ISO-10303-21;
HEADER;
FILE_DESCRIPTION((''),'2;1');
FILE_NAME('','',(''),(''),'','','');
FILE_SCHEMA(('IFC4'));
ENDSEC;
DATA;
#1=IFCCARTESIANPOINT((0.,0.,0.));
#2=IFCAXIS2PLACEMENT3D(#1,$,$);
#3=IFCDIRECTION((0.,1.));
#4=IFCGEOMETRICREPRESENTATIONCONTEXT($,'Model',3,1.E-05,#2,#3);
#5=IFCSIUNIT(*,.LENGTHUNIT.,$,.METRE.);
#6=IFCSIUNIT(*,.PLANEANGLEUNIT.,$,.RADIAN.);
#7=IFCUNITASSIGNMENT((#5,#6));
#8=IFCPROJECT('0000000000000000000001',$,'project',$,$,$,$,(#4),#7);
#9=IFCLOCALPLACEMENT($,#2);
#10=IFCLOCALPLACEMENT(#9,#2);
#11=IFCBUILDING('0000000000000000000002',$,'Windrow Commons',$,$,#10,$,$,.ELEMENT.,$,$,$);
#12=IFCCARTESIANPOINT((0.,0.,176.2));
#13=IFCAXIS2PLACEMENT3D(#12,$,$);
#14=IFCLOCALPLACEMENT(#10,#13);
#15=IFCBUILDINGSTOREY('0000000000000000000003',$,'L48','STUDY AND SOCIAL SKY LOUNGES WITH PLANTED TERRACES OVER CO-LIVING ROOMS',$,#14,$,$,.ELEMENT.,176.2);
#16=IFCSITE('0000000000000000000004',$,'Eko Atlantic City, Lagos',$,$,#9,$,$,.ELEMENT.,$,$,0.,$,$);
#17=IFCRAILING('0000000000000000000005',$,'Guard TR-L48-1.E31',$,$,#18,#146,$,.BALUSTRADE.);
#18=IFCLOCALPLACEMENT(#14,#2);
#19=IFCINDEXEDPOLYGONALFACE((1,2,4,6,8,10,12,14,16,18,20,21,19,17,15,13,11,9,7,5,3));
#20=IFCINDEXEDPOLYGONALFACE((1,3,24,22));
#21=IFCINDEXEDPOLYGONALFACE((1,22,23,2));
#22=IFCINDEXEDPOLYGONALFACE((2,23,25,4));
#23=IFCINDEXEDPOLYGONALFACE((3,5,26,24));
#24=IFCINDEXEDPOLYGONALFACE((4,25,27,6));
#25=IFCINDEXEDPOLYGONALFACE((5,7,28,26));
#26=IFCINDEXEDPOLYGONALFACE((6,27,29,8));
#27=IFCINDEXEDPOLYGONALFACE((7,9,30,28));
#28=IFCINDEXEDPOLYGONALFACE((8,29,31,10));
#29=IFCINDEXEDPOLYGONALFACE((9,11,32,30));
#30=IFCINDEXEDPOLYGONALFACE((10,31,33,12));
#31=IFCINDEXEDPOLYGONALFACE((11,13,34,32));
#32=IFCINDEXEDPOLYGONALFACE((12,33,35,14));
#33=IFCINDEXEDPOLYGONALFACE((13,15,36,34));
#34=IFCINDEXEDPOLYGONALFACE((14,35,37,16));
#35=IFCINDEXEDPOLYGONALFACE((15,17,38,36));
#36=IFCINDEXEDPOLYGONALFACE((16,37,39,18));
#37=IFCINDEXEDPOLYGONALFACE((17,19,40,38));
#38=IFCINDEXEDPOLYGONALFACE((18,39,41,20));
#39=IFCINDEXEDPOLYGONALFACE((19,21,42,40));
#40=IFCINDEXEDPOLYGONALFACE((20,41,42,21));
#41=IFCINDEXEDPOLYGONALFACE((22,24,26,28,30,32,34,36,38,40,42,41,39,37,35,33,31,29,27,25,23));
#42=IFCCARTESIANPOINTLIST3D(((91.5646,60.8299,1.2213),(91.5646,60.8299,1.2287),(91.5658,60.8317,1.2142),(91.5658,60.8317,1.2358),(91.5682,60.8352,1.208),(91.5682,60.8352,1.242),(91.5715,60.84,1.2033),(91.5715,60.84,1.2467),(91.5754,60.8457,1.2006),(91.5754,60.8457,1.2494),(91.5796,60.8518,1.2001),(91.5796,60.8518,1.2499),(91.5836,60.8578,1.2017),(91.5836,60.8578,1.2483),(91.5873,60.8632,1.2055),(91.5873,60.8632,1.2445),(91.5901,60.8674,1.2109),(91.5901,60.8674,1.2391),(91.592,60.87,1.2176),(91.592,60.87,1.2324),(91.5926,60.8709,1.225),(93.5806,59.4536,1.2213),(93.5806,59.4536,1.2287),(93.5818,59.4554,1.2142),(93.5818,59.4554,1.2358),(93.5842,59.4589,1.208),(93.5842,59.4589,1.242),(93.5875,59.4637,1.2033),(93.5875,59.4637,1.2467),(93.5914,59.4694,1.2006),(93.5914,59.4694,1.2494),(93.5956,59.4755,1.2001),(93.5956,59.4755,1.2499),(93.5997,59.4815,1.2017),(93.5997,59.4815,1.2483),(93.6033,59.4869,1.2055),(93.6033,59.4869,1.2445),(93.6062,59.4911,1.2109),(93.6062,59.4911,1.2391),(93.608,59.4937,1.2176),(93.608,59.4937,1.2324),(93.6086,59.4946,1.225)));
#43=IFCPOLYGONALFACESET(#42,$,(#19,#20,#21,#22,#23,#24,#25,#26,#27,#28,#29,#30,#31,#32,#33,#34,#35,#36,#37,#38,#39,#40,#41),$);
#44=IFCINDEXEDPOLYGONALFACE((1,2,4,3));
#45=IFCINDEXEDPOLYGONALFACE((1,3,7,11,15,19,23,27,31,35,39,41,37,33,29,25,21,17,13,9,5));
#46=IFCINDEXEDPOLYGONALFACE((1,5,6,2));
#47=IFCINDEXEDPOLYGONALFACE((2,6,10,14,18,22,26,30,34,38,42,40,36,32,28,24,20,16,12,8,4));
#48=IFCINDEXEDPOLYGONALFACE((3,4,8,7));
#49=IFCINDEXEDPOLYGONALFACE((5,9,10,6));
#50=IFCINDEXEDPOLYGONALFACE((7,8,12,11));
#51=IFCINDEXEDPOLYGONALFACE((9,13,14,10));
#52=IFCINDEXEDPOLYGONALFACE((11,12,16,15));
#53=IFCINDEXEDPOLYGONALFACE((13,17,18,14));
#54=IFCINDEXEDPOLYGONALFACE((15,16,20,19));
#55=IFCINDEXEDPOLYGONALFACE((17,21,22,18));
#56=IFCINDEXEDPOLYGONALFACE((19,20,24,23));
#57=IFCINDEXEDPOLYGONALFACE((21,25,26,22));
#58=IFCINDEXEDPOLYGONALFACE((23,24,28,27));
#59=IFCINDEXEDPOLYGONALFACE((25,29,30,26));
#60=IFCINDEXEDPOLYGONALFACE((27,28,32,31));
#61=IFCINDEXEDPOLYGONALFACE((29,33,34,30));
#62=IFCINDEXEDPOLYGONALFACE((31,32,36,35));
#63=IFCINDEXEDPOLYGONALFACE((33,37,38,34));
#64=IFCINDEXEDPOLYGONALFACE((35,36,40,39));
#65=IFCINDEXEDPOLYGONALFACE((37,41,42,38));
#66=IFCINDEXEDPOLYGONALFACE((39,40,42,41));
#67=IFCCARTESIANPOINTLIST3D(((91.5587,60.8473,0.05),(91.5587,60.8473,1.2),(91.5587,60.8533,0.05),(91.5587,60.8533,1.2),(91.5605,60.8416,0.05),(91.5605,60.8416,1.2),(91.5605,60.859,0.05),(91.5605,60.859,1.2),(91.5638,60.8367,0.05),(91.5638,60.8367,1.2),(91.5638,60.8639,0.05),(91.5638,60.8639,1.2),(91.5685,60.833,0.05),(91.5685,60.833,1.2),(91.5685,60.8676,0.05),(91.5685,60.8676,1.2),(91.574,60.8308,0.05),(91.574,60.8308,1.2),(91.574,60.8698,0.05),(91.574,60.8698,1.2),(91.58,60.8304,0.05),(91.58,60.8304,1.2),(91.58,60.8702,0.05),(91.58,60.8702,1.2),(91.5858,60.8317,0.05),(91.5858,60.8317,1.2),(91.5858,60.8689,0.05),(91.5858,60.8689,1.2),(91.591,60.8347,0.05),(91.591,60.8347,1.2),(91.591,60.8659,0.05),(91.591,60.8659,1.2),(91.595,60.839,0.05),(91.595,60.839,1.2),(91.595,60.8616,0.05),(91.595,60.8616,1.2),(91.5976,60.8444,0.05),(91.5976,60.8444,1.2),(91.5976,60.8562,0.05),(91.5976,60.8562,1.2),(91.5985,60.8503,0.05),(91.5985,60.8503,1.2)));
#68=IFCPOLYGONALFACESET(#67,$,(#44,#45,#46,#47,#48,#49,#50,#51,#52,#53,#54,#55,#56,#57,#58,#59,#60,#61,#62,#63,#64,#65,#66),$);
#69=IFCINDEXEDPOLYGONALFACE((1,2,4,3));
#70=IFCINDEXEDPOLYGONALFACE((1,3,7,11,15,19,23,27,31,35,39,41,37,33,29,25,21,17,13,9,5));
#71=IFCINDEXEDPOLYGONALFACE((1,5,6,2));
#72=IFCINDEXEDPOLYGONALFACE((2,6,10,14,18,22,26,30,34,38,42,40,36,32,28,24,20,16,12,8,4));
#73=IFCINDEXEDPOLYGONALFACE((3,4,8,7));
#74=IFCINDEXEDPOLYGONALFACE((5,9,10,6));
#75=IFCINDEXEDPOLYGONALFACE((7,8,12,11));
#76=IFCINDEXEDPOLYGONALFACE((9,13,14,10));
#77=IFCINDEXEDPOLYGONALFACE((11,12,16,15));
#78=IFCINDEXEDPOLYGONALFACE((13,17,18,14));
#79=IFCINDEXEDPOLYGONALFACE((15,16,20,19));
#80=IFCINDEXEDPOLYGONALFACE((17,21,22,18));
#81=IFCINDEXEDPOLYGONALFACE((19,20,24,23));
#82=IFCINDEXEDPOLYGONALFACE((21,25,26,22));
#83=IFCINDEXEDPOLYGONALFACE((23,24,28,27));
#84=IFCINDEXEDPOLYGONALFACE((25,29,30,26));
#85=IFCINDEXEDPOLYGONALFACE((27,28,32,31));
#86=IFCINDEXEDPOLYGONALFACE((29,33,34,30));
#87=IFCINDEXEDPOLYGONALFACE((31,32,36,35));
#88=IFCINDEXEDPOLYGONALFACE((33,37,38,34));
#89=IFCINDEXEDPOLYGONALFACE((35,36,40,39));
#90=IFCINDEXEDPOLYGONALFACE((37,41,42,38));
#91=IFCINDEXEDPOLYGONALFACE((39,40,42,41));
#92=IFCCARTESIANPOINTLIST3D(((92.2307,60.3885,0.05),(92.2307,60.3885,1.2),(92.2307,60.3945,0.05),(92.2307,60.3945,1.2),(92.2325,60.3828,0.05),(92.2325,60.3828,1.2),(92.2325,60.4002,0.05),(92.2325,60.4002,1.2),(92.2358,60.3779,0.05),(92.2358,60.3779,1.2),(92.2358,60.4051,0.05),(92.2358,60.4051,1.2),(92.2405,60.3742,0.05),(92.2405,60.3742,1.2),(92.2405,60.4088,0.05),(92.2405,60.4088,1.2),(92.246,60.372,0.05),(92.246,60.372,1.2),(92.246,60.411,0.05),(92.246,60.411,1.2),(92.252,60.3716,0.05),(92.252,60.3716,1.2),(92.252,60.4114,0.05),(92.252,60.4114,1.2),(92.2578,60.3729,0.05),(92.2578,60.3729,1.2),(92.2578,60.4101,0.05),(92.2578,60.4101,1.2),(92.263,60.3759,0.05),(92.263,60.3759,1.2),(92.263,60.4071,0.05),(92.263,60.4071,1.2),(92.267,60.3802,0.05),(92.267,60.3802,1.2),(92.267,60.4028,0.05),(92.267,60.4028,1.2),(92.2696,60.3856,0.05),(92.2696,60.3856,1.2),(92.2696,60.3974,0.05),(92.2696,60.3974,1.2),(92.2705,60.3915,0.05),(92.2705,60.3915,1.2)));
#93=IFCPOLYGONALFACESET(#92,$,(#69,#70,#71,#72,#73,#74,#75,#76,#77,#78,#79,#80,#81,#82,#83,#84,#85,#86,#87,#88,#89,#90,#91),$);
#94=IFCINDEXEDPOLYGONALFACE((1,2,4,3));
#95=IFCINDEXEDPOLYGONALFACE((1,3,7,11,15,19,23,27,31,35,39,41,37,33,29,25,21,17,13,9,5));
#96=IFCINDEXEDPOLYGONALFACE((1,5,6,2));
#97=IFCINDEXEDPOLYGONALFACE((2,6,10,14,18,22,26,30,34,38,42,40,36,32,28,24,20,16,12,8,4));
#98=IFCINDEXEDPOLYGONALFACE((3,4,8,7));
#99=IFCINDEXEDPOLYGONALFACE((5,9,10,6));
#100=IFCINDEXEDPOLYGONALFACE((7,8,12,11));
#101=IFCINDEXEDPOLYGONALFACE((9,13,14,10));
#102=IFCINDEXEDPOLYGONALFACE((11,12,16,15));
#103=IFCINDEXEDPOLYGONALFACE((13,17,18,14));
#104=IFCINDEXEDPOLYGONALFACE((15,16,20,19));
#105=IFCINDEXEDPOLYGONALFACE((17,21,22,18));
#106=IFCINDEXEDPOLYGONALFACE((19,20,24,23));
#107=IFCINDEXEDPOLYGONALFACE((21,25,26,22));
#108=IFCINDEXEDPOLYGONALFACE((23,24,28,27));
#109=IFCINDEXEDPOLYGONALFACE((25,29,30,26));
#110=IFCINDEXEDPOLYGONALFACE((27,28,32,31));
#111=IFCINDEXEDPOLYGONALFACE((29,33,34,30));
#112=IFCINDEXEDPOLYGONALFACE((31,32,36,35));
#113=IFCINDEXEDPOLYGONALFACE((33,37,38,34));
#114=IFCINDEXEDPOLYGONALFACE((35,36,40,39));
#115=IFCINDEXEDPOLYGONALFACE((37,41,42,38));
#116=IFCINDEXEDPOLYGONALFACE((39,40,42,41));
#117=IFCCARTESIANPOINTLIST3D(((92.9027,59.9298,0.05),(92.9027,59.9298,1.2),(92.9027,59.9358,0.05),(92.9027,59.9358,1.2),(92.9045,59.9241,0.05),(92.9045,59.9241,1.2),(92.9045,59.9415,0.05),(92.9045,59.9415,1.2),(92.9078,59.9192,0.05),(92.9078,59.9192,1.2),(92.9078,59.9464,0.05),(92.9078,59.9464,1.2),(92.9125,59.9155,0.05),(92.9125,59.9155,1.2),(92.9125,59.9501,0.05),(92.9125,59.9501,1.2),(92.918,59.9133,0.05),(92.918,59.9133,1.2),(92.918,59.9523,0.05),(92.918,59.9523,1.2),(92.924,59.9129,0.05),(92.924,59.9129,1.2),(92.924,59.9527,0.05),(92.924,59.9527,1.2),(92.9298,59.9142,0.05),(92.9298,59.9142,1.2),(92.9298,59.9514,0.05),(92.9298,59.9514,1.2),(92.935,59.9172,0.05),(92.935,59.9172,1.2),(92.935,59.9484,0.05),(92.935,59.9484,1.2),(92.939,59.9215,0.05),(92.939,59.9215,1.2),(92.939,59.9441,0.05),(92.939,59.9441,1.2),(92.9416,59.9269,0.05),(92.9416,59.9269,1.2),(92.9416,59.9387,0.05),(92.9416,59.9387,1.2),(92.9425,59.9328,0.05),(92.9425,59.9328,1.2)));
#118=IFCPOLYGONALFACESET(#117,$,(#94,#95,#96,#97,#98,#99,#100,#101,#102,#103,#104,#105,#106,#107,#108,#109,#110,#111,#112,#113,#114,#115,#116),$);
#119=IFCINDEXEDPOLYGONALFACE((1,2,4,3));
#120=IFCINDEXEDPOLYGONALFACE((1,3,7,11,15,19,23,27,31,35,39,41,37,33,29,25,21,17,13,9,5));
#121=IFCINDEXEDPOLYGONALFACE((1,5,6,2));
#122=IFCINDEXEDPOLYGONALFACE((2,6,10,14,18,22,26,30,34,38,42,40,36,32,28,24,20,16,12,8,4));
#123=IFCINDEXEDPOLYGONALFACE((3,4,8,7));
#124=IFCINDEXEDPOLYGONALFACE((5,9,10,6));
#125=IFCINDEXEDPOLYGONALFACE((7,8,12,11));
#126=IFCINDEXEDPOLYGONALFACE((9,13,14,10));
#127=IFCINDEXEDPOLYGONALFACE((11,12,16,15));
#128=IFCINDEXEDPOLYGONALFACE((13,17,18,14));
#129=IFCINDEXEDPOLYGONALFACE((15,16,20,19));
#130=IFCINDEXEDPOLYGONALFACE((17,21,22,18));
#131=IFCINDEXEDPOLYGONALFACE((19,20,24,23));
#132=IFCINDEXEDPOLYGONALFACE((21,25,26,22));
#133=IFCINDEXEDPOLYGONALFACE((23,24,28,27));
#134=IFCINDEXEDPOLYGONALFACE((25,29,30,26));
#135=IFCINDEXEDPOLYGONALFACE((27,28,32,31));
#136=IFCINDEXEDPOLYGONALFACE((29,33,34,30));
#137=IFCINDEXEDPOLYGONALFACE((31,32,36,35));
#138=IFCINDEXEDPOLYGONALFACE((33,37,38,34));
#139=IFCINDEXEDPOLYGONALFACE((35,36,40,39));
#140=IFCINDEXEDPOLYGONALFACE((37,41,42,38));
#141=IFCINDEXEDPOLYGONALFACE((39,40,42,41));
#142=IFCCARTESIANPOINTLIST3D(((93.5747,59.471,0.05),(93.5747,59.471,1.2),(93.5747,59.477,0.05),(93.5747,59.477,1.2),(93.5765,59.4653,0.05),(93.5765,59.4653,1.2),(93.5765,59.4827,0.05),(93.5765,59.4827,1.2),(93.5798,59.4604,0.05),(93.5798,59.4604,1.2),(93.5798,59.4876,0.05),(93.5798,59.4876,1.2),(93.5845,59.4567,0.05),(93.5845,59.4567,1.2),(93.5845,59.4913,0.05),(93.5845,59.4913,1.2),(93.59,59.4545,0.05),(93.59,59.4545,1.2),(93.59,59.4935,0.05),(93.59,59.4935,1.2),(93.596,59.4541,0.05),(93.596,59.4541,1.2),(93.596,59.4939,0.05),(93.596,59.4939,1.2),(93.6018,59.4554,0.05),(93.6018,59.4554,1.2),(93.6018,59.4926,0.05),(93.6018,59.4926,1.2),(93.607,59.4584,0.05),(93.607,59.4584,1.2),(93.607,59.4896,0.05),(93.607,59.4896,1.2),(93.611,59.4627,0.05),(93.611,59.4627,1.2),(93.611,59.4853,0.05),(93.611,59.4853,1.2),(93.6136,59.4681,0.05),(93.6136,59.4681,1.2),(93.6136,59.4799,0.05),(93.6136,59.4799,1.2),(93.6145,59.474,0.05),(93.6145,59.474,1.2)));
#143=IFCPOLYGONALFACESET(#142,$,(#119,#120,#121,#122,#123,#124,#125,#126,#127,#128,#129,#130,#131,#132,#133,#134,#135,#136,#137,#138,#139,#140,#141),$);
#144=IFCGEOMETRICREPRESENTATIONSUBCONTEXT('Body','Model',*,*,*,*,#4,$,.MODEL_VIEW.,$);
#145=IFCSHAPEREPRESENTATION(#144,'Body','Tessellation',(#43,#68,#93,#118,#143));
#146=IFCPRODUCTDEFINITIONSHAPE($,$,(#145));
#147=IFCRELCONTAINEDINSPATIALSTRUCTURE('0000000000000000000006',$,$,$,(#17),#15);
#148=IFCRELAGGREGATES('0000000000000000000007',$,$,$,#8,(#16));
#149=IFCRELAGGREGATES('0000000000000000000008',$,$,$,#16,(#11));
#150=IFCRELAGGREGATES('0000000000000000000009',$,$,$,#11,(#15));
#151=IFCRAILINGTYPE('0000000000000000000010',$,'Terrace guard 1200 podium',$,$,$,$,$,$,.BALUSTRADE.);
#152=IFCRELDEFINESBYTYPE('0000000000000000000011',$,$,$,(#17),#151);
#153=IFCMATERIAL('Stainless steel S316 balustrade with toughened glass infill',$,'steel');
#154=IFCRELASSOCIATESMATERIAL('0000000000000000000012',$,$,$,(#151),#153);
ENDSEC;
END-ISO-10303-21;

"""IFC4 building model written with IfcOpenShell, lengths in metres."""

from ifc_helpers import new_model, si_unit, direction, frame, origin, origin_2d, place, context, subcontext, project, spatial, circle, extrude, material, type_object, element, save


model = new_model("IFC4")

# Units and contexts
model_context = context("Model", 3, precision=1e-05, world=origin(), true_north=direction((0.0, 1.0)))
body_context = subcontext(model_context, "Body", "Model", "MODEL_VIEW")
ifc_project = project(units=[si_unit("LENGTHUNIT", "METRE"), si_unit("PLANEANGLEUNIT", "RADIAN")], contexts=[model_context])

# Site, building, storey
site_placement = place(None, origin())
site = spatial("IfcSite", under=ifc_project, at=site_placement, Name="Eko Atlantic City, Lagos", CompositionType="ELEMENT", RefElevation=0.0)
building_placement = place(site_placement, origin())
building = spatial("IfcBuilding", under=site, at=building_placement, Name="Windrow Commons", CompositionType="ELEMENT")
storey_placement = place(building_placement, frame((0.0, 0.0, 176.2)))
storey = spatial("IfcBuildingStorey", under=building, at=storey_placement, Name="L48", Description="STUDY AND SOCIAL SKY LOUNGES WITH PLANTED TERRACES OVER CO-LIVING ROOMS", CompositionType="ELEMENT", Elevation=176.2)

# Railing
ifc_material_1 = material(Name="Stainless steel S316 balustrade with toughened glass infill", Category="steel")
railing_type_1 = type_object("IfcRailingType", Name="Terrace guard 1200 podium", PredefinedType="BALUSTRADE", material=ifc_material_1)
railing_1_placement = place(storey_placement, frame((91.5785, 60.8503, 0.05)))
element("IfcRailing", 1, at=railing_1_placement, inside=storey, type_object=railing_type_1, Name="Guard TR-L48-1.E31", PredefinedType="BALUSTRADE", context=body_context, shape_type="SweptSolid", body=[
    extrude(circle(Radius=0.025, at=origin_2d()), frame((0.0, 0.0, 1.175), z_axis=(0.825893, -0.563827, 0.0), x_axis=(0.563827, 0.825893, 0.0)), (0.0, 0.0, 1.0), 2.441),
    extrude(circle(Radius=0.02, at=origin_2d()), origin(), (0.0, 0.0, 1.0), 1.15),
    extrude(circle(Radius=0.02, at=origin_2d()), frame((0.672, -0.4588, 0.0)), (0.0, 0.0, 1.0), 1.15),
    extrude(circle(Radius=0.02, at=origin_2d()), frame((1.344, -0.9175, 0.0)), (0.0, 0.0, 1.0), 1.15),
    extrude(circle(Radius=0.02, at=origin_2d()), frame((2.016, -1.3763, 0.0)), (0.0, 0.0, 1.0), 1.15),
])

save(model, "model.ifc")
